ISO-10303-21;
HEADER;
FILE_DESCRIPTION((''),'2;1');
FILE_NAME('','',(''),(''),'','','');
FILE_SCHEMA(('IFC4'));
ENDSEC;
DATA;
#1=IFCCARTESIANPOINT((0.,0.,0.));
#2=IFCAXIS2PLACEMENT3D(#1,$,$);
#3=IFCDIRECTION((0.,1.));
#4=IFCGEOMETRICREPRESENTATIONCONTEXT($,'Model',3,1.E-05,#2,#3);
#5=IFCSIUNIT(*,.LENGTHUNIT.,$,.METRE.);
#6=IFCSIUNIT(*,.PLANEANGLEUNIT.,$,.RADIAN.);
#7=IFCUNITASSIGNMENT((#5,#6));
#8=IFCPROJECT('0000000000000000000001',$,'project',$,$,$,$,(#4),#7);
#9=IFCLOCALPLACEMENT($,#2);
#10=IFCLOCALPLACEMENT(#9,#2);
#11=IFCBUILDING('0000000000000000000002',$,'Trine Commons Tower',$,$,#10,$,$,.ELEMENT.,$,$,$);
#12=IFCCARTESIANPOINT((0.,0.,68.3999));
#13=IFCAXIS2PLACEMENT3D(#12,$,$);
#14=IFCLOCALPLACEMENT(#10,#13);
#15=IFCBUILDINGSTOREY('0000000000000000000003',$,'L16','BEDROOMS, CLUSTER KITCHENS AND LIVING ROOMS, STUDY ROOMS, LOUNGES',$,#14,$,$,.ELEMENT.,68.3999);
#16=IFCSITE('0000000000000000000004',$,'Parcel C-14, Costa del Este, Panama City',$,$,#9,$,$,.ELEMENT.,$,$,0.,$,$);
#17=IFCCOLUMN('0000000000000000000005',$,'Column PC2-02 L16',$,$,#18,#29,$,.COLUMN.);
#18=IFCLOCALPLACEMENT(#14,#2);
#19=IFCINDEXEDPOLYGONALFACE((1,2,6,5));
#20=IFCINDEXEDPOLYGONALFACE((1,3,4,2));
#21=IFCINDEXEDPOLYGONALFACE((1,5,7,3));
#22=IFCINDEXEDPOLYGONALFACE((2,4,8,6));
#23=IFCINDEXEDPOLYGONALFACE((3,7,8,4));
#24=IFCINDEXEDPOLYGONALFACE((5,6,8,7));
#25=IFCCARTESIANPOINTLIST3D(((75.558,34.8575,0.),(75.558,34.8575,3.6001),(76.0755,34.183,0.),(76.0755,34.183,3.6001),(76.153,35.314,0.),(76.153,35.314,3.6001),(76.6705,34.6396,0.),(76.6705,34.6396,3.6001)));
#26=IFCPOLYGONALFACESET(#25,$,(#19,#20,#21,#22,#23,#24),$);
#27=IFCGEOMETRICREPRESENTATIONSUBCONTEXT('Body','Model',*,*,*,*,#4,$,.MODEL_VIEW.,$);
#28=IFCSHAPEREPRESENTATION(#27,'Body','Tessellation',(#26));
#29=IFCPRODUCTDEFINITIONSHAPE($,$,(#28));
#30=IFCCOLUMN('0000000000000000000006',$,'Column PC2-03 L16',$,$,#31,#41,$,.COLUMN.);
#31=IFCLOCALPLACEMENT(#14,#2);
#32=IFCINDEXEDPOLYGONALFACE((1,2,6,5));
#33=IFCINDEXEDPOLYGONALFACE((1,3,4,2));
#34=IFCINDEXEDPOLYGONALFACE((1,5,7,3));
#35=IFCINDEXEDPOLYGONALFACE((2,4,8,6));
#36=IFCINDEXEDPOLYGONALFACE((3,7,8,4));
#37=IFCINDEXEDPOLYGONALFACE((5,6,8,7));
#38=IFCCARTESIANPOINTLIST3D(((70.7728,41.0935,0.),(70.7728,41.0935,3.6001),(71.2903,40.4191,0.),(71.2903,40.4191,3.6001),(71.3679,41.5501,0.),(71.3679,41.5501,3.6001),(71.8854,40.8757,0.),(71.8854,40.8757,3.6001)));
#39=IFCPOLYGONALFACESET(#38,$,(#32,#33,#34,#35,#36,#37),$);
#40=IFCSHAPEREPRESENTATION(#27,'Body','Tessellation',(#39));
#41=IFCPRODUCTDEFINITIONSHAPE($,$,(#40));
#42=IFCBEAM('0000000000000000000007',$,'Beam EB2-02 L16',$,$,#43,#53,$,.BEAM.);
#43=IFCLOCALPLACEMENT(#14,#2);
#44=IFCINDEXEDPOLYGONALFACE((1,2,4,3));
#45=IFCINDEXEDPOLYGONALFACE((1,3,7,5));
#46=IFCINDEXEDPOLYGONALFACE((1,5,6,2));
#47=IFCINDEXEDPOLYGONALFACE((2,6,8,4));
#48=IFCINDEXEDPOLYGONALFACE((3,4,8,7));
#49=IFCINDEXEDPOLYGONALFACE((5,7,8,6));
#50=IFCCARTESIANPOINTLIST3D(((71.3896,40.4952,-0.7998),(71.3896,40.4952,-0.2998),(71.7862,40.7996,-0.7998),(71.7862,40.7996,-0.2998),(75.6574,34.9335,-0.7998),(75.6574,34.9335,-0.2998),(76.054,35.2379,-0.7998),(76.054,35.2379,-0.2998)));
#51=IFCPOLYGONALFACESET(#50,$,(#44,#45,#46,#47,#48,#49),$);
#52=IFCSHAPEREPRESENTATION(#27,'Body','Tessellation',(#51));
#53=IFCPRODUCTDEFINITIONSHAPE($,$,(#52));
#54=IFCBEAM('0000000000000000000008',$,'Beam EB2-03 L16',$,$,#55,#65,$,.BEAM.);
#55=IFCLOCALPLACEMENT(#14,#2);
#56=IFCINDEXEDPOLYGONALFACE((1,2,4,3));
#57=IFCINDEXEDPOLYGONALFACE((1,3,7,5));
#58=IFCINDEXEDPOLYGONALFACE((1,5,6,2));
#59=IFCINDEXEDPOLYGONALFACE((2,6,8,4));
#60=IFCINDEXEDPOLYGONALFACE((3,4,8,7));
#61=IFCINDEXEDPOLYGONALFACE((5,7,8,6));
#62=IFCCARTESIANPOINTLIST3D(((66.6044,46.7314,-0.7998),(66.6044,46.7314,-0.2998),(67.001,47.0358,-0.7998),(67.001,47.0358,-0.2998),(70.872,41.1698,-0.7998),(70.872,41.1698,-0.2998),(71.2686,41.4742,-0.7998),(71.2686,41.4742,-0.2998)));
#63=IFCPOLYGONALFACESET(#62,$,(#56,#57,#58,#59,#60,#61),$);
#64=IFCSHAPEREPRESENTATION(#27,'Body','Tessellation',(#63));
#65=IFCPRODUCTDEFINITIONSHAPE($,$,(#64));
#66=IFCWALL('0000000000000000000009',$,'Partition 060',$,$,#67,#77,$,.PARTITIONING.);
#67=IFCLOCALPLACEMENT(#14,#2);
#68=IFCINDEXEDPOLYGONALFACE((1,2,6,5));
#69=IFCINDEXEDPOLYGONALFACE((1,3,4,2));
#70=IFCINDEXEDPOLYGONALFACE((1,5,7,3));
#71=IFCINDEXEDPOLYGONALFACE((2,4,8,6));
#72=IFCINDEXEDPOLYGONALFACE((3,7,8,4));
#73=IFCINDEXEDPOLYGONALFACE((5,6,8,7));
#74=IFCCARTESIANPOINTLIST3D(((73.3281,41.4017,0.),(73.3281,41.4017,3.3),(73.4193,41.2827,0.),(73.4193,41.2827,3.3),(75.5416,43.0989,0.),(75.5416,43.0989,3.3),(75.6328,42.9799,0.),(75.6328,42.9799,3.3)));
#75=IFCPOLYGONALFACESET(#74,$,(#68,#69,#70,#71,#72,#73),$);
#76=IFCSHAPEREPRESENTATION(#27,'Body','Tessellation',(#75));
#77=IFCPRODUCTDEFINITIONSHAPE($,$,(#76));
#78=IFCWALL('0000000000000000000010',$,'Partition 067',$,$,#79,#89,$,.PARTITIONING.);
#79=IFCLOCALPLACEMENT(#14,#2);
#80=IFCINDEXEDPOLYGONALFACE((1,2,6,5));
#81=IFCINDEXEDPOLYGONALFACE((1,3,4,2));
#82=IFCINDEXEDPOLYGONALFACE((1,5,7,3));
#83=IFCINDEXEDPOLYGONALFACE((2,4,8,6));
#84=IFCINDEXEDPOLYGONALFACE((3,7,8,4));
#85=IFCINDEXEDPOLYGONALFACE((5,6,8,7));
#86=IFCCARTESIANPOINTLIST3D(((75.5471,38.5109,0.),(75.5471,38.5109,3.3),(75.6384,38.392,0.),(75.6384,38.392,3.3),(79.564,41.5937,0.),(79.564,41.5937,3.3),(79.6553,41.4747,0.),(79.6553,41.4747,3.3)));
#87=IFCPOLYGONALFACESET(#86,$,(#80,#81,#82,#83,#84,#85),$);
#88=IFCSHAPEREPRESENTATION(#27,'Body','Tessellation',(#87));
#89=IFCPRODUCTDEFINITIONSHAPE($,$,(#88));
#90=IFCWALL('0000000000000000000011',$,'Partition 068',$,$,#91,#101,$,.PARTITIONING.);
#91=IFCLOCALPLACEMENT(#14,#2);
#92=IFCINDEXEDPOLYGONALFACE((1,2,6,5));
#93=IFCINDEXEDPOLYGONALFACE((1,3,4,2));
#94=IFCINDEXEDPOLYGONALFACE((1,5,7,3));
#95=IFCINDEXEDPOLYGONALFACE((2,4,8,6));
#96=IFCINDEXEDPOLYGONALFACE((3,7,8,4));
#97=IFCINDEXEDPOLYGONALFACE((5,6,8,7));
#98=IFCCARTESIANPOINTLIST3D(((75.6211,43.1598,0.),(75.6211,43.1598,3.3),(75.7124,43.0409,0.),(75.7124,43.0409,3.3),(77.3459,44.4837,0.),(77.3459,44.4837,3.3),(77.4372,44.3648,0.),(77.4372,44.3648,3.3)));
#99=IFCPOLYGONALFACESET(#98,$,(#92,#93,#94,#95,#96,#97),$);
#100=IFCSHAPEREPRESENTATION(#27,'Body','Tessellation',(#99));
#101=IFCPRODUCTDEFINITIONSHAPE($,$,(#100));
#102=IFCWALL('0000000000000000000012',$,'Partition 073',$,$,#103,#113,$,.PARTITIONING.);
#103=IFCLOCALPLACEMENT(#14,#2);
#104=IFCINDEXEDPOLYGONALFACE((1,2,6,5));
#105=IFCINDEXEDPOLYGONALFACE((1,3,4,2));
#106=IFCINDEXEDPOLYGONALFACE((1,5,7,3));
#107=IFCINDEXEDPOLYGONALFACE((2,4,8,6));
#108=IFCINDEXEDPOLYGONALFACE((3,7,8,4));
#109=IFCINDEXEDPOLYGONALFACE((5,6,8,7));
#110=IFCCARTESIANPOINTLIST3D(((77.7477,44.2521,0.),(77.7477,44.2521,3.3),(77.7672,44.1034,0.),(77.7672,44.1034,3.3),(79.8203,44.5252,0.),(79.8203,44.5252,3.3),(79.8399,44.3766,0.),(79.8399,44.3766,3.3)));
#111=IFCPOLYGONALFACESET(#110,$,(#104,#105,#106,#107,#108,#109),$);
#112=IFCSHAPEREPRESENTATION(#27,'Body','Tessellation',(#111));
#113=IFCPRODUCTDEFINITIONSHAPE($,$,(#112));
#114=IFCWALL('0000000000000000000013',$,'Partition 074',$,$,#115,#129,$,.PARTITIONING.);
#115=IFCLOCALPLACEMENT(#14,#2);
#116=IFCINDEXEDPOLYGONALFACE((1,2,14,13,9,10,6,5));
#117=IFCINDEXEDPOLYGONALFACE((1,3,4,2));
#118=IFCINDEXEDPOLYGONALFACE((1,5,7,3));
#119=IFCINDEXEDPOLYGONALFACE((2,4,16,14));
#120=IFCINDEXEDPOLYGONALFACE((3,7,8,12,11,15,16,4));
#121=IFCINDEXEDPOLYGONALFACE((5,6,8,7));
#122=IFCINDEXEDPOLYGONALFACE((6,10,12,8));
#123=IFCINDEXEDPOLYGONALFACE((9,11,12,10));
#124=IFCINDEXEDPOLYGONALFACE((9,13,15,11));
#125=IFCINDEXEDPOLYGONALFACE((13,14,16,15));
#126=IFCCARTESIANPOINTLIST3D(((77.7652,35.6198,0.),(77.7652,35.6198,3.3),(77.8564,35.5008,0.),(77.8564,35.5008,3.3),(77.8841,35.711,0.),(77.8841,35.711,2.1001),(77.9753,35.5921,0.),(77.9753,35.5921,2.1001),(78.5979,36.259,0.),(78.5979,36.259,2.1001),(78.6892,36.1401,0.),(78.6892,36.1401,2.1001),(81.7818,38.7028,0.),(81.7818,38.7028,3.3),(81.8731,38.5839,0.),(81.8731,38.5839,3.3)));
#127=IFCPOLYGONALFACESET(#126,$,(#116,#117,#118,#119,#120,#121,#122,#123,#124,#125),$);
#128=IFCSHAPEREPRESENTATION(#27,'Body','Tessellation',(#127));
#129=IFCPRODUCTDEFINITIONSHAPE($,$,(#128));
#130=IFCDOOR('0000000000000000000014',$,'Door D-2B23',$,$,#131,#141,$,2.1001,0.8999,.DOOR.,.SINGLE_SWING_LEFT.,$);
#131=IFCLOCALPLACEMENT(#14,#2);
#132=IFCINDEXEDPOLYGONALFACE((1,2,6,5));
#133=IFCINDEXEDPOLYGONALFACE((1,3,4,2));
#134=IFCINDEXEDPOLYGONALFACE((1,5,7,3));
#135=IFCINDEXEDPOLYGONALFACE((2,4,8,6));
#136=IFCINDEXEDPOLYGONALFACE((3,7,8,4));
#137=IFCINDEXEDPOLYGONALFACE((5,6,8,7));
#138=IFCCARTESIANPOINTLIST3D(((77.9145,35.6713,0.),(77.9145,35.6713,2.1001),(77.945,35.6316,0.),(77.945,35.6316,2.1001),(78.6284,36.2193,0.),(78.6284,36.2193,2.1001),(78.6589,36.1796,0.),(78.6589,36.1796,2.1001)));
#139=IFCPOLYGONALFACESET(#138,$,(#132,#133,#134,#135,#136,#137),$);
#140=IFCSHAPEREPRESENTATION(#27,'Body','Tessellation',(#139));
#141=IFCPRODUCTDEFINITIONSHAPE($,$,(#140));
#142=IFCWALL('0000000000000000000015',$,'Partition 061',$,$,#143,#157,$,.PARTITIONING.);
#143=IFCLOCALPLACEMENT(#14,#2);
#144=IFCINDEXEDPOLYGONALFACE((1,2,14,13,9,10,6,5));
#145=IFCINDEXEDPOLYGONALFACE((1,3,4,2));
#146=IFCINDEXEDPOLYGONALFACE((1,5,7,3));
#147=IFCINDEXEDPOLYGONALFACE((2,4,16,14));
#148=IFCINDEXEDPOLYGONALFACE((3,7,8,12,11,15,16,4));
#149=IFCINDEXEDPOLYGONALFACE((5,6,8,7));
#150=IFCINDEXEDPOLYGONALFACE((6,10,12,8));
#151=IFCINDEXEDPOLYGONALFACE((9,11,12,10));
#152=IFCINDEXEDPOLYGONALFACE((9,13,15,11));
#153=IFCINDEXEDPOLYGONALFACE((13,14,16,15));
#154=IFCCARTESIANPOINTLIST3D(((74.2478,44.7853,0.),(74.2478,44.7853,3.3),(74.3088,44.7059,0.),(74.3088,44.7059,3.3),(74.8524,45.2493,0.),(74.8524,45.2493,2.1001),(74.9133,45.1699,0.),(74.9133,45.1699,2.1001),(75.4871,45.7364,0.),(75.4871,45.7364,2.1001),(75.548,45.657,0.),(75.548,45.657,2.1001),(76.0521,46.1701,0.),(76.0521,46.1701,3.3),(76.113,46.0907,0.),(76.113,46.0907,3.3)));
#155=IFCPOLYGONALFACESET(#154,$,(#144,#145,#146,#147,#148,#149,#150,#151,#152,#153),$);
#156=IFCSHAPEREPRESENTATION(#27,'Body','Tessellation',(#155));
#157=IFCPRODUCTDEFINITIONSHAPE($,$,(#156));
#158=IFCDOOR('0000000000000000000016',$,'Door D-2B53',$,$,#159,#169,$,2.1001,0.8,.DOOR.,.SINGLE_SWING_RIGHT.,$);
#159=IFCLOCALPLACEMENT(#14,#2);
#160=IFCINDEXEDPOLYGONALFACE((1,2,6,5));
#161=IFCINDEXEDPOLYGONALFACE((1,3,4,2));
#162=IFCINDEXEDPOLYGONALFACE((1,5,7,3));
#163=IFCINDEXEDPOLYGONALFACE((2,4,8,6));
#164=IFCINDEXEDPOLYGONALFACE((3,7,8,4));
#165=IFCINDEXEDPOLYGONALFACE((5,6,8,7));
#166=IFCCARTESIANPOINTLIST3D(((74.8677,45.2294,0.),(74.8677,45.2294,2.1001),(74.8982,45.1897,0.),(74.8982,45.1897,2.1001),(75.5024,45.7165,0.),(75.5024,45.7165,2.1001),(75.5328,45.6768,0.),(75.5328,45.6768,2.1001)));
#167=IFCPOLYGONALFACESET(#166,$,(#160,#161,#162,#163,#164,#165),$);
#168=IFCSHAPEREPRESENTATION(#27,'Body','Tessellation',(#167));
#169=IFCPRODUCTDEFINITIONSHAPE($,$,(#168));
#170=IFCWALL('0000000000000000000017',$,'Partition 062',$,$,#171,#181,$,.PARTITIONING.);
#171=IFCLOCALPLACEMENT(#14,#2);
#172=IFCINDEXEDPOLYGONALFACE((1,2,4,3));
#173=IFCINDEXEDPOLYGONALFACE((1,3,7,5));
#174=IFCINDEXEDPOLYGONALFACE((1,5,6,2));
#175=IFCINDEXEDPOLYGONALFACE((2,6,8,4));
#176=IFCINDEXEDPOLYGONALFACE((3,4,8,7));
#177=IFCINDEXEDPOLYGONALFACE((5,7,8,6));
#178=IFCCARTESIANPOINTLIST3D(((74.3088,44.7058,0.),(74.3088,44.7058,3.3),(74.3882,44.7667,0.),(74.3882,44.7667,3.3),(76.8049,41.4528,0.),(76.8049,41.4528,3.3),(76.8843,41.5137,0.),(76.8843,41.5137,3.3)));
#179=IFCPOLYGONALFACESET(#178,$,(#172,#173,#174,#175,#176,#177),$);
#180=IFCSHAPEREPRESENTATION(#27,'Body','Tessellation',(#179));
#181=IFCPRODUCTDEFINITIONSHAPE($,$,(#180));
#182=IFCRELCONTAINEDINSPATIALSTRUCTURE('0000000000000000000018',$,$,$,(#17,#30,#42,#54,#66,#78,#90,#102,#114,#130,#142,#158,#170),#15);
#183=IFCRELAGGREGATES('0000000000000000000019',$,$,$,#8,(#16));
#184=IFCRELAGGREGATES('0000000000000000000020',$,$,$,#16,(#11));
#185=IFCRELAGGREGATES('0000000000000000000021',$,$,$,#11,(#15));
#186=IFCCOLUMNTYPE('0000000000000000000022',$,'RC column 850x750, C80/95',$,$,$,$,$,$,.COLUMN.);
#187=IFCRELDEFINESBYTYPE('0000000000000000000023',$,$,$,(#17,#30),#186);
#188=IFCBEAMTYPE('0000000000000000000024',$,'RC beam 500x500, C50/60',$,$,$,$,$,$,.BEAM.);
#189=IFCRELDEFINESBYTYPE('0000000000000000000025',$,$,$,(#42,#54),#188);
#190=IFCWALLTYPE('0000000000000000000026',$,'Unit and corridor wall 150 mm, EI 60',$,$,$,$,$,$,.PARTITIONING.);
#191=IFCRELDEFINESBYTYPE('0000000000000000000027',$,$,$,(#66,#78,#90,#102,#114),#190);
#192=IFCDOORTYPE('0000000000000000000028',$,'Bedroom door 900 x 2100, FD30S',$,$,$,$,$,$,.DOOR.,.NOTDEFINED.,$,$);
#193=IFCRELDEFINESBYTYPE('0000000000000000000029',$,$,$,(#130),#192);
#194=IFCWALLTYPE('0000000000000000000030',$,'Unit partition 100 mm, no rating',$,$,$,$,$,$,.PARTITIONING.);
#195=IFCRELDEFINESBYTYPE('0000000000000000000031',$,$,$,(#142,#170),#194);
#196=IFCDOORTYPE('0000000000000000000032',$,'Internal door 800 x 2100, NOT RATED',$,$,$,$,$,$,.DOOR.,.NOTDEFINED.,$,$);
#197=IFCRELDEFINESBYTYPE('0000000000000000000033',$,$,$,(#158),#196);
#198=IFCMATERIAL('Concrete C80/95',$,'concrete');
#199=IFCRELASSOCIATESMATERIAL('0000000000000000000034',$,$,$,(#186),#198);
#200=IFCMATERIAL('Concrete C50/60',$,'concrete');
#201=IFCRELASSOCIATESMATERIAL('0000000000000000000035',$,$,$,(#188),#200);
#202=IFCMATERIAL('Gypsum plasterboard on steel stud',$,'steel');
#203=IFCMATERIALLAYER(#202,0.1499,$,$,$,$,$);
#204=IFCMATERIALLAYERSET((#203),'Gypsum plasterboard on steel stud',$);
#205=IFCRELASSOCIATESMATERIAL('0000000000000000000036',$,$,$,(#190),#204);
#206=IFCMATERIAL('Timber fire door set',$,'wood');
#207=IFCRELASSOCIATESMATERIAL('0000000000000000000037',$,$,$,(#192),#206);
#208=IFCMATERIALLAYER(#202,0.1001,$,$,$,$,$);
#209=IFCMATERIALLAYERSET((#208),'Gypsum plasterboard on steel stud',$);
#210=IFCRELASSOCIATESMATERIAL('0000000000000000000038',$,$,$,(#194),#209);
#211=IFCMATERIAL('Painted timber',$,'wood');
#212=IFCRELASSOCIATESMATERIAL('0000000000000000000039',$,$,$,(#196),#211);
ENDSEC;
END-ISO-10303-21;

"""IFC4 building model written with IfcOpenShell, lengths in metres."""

from ifc_helpers import new_model, si_unit, direction, frame, frame_2d, origin, origin_2d, place, context, subcontext, project, spatial, rectangle, extrude, material, layer, layer_set, material_profile, profile_set, type_object, element, fill, save


model = new_model("IFC4")

# Units and contexts
model_context = context("Model", 3, precision=1e-05, world=origin(), true_north=direction((0.0, 1.0)))
body_context = subcontext(model_context, "Body", "Model", "MODEL_VIEW")
ifc_project = project(units=[si_unit("LENGTHUNIT", "METRE"), si_unit("PLANEANGLEUNIT", "RADIAN")], contexts=[model_context])

# Site, building, storey
site_placement = place(None, origin())
site = spatial("IfcSite", under=ifc_project, at=site_placement, Name="Parcel C-14, Costa del Este, Panama City", CompositionType="ELEMENT", RefElevation=0.0)
building_placement = place(site_placement, origin())
building = spatial("IfcBuilding", under=site, at=building_placement, Name="Trine Commons Tower", CompositionType="ELEMENT")
storey_placement = place(building_placement, frame((0.0, 0.0, 68.3999)))
storey = spatial("IfcBuildingStorey", under=building, at=storey_placement, Name="L16", Description="BEDROOMS, CLUSTER KITCHENS AND LIVING ROOMS, STUDY ROOMS, LOUNGES", CompositionType="ELEMENT", Elevation=68.3999)

# Columns
ifc_material_1 = material(Name="Concrete C80/95", Category="concrete")
ifc_material_profile_1 = material_profile(ifc_material_1, rectangle(XDim=0.8501, YDim=0.75, at=origin_2d()), Name="RC 850x750")
ifc_profile_set_1 = profile_set([ifc_material_profile_1], Name="Concrete C80/95")
column_type = type_object("IfcColumnType", Name="RC column 850x750, C80/95", PredefinedType="COLUMN", material=ifc_profile_set_1)
for number, where, z_axis, x_axis, name in (
    (1, (76.1143, 34.7485, 0.0), (0.0, 0.0, 1.0), (-0.608761, 0.793353, 0.0), "Column PC2-02 L16"),
    (2, (71.3291, 40.9846, 0.0), (0.0, 0.0, 1.0), (-0.608761, 0.793353, 0.0), "Column PC2-03 L16"),
):
    element("IfcColumn", number, at=place(storey_placement, frame(where, z_axis=z_axis, x_axis=x_axis)), inside=storey, type_object=column_type, Name=name, PredefinedType="COLUMN", context=body_context, shape_type="SweptSolid", body=[
        extrude(rectangle(XDim=0.8501, YDim=0.75, at=origin_2d()), origin(), (0.0, 0.0, 1.0), 3.6001),
    ])

# Beams
ifc_material_2 = material(Name="Concrete C50/60", Category="concrete")
ifc_material_profile_2 = material_profile(ifc_material_2, rectangle(XDim=0.5, YDim=0.5, at=origin_2d()), Name="RC 500x500")
ifc_profile_set_2 = profile_set([ifc_material_profile_2], Name="Concrete C50/60")
beam_type = type_object("IfcBeamType", Name="RC beam 500x500, C50/60", PredefinedType="BEAM", material=ifc_profile_set_2)
beam_1_placement = place(storey_placement, frame((75.8557, 35.0857, -0.5498), z_axis=(-0.608773, 0.793345, 0.0), x_axis=(-0.793345, -0.608773, 0.0)))
element("IfcBeam", 3, at=beam_1_placement, inside=storey, type_object=beam_type, Name="Beam EB2-02 L16", PredefinedType="BEAM", context=body_context, shape_type="SweptSolid", body=[
    extrude(rectangle(XDim=0.5, YDim=0.5, at=origin_2d()), origin(), (0.0, 0.0, 1.0), 7.0105),
])
beam_2_placement = place(storey_placement, frame((71.0703, 41.322, -0.5498), z_axis=(-0.608768, 0.793348, 0.0), x_axis=(-0.793348, -0.608768, 0.0)))
element("IfcBeam", 4, at=beam_2_placement, inside=storey, type_object=beam_type, Name="Beam EB2-03 L16", PredefinedType="BEAM", context=body_context, shape_type="SweptSolid", body=[
    extrude(rectangle(XDim=0.5, YDim=0.5, at=origin_2d()), origin(), (0.0, 0.0, 1.0), 7.0103),
])

# Walls
ifc_material_3 = material(Name="Gypsum plasterboard on steel stud", Category="steel")
ifc_layer_1 = layer(ifc_material_3, 0.1499)
ifc_layer_set_1 = layer_set([ifc_layer_1], Name="Gypsum plasterboard on steel stud")
wall_type_1 = type_object("IfcWallType", Name="Unit and corridor wall 150 mm, EI 60", PredefinedType="PARTITIONING", material=ifc_layer_set_1)
wall_1_placement = place(storey_placement, frame((73.3738, 41.3423, 0.0), z_axis=(0.0, 0.0, 1.0), x_axis=(0.79358, 0.608466, 0.0)))
element("IfcWall", 5, at=wall_1_placement, inside=storey, type_object=wall_type_1, Name="Partition 060", PredefinedType="PARTITIONING", context=body_context, shape_type="SweptSolid", body=[
    extrude(rectangle(XDim=2.7893, YDim=0.1499, at=frame_2d((1.3945, 0.0))), origin(), (0.0, 0.0, 1.0), 3.3),
])
wall_2_placement = place(storey_placement, frame((75.5928, 38.4514, 0.0), z_axis=(0.0, 0.0, 1.0), x_axis=(0.793303, 0.608827, 0.0)))
element("IfcWall", 6, at=wall_2_placement, inside=storey, type_object=wall_type_1, Name="Partition 067", PredefinedType="PARTITIONING", context=body_context, shape_type="SweptSolid", body=[
    extrude(rectangle(XDim=5.0635, YDim=0.1499, at=frame_2d((2.5317, 0.0))), origin(), (0.0, 0.0, 1.0), 3.3),
])
wall_3_placement = place(storey_placement, frame((75.6667, 43.1003, 0.0), z_axis=(0.0, 0.0, 1.0), x_axis=(0.793254, 0.608891, 0.0)))
element("IfcWall", 7, at=wall_3_placement, inside=storey, type_object=wall_type_1, Name="Partition 068", PredefinedType="PARTITIONING", context=body_context, shape_type="SweptSolid", body=[
    extrude(rectangle(XDim=2.1743, YDim=0.1499, at=frame_2d((1.0872, 0.0))), origin(), (0.0, 0.0, 1.0), 3.3),
])
wall_4_placement = place(storey_placement, frame((77.7573, 44.1777, 0.0), z_axis=(0.0, 0.0, 1.0), x_axis=(0.991426, 0.130672, 0.0)))
element("IfcWall", 8, at=wall_4_placement, inside=storey, type_object=wall_type_1, Name="Partition 073", PredefinedType="PARTITIONING", context=body_context, shape_type="SweptSolid", body=[
    extrude(rectangle(XDim=2.0906, YDim=0.1499, at=frame_2d((1.0454, 0.0))), origin(), (0.0, 0.0, 1.0), 3.3),
])

# Walls, openings, doors
wall_5_placement = place(storey_placement, frame((77.8108, 35.5603, 0.0), z_axis=(0.0, 0.0, 1.0), x_axis=(0.793262, 0.608881, 0.0)))
wall_5 = element("IfcWall", 9, at=wall_5_placement, inside=storey, type_object=wall_type_1, Name="Partition 074", PredefinedType="PARTITIONING", context=body_context, shape_type="SweptSolid", body=[
    extrude(rectangle(XDim=5.0635, YDim=0.1499, at=frame_2d((2.5317, 0.0))), origin(), (0.0, 0.0, 1.0), 3.3),
])
opening_1_placement = place(wall_5_placement, frame((0.1499, 0.0, 0.0)))
opening_1 = element("IfcOpeningElement", 10, at=opening_1_placement, cuts=wall_5, PredefinedType="OPENING", context=body_context, shape_type="SweptSolid", body=[
    extrude(rectangle(XDim=0.8999, YDim=2.1001, at=frame_2d((0.45, 1.05))), frame((0.0, 0.085, 0.0), z_axis=(0.0, -1.0, 0.0), x_axis=(1.0, 0.0, 0.0)), (0.0, 0.0, 1.0), 0.1699),
])
ifc_material_4 = material(Name="Timber fire door set", Category="wood")
door_type_1 = type_object("IfcDoorType", Name="Bedroom door 900 x 2100, FD30S", OperationType="NOTDEFINED", PredefinedType="DOOR", material=ifc_material_4)
door_1_placement = place(opening_1_placement, origin())
door_1 = element("IfcDoor", 11, at=door_1_placement, inside=storey, type_object=door_type_1, Name="Door D-2B23", OperationType="SINGLE_SWING_LEFT", OverallHeight=2.1001, OverallWidth=0.8999, PredefinedType="DOOR", context=body_context, shape_type="SweptSolid", body=[
    extrude(rectangle(XDim=0.8999, YDim=2.1001, at=frame_2d((0.45, 1.05))), frame((0.0, 0.0249, 0.0), z_axis=(0.0, -1.0, 0.0), x_axis=(1.0, 0.0, 0.0)), (0.0, 0.0, 1.0), 0.05),
])
fill(opening_1, door_1)
ifc_layer_2 = layer(ifc_material_3, 0.1001)
ifc_layer_set_2 = layer_set([ifc_layer_2], Name="Gypsum plasterboard on steel stud")
wall_type_2 = type_object("IfcWallType", Name="Unit partition 100 mm, no rating", PredefinedType="PARTITIONING", material=ifc_layer_set_2)
wall_6_placement = place(storey_placement, frame((74.2783, 44.7456, 0.0), z_axis=(0.0, 0.0, 1.0), x_axis=(0.793278, 0.60886, 0.0)))
wall_6 = element("IfcWall", 12, at=wall_6_placement, inside=storey, type_object=wall_type_2, Name="Partition 061", PredefinedType="PARTITIONING", context=body_context, shape_type="SweptSolid", body=[
    extrude(rectangle(XDim=2.2744, YDim=0.1001, at=frame_2d((1.1372, 0.0))), origin(), (0.0, 0.0, 1.0), 3.3),
])
opening_2_placement = place(wall_6_placement, frame((0.7622, 0.0, 0.0)))
opening_2 = element("IfcOpeningElement", 13, at=opening_2_placement, cuts=wall_6, PredefinedType="OPENING", context=body_context, shape_type="SweptSolid", body=[
    extrude(rectangle(XDim=0.8, YDim=2.1001, at=frame_2d((0.3999, 1.05))), frame((0.0, 0.0601, 0.0), z_axis=(0.0, -1.0, 0.0), x_axis=(1.0, 0.0, 0.0)), (0.0, 0.0, 1.0), 0.1201),
])
ifc_material_5 = material(Name="Painted timber", Category="wood")
door_type_2 = type_object("IfcDoorType", Name="Internal door 800 x 2100, NOT RATED", OperationType="NOTDEFINED", PredefinedType="DOOR", material=ifc_material_5)
door_2_placement = place(opening_2_placement, origin())
door_2 = element("IfcDoor", 14, at=door_2_placement, inside=storey, type_object=door_type_2, Name="Door D-2B53", OperationType="SINGLE_SWING_RIGHT", OverallHeight=2.1001, OverallWidth=0.8, PredefinedType="DOOR", context=body_context, shape_type="SweptSolid", body=[
    extrude(rectangle(XDim=0.8, YDim=2.1001, at=frame_2d((0.3999, 1.05))), frame((0.0, 0.0249, 0.0), z_axis=(0.0, -1.0, 0.0), x_axis=(1.0, 0.0, 0.0)), (0.0, 0.0, 1.0), 0.05),
])
fill(opening_2, door_2)

# Wall
wall_7_placement = place(storey_placement, frame((74.3484, 44.7363, 0.0), z_axis=(0.0, 0.0, 1.0), x_axis=(0.608766, -0.793349, 0.0)))
element("IfcWall", 15, at=wall_7_placement, inside=storey, type_object=wall_type_2, Name="Partition 062", PredefinedType="PARTITIONING", context=body_context, shape_type="SweptSolid", body=[
    extrude(rectangle(XDim=4.1003, YDim=0.1001, at=frame_2d((2.0503, 0.0))), origin(), (0.0, 0.0, 1.0), 3.3),
])

save(model, "model.ifc")
